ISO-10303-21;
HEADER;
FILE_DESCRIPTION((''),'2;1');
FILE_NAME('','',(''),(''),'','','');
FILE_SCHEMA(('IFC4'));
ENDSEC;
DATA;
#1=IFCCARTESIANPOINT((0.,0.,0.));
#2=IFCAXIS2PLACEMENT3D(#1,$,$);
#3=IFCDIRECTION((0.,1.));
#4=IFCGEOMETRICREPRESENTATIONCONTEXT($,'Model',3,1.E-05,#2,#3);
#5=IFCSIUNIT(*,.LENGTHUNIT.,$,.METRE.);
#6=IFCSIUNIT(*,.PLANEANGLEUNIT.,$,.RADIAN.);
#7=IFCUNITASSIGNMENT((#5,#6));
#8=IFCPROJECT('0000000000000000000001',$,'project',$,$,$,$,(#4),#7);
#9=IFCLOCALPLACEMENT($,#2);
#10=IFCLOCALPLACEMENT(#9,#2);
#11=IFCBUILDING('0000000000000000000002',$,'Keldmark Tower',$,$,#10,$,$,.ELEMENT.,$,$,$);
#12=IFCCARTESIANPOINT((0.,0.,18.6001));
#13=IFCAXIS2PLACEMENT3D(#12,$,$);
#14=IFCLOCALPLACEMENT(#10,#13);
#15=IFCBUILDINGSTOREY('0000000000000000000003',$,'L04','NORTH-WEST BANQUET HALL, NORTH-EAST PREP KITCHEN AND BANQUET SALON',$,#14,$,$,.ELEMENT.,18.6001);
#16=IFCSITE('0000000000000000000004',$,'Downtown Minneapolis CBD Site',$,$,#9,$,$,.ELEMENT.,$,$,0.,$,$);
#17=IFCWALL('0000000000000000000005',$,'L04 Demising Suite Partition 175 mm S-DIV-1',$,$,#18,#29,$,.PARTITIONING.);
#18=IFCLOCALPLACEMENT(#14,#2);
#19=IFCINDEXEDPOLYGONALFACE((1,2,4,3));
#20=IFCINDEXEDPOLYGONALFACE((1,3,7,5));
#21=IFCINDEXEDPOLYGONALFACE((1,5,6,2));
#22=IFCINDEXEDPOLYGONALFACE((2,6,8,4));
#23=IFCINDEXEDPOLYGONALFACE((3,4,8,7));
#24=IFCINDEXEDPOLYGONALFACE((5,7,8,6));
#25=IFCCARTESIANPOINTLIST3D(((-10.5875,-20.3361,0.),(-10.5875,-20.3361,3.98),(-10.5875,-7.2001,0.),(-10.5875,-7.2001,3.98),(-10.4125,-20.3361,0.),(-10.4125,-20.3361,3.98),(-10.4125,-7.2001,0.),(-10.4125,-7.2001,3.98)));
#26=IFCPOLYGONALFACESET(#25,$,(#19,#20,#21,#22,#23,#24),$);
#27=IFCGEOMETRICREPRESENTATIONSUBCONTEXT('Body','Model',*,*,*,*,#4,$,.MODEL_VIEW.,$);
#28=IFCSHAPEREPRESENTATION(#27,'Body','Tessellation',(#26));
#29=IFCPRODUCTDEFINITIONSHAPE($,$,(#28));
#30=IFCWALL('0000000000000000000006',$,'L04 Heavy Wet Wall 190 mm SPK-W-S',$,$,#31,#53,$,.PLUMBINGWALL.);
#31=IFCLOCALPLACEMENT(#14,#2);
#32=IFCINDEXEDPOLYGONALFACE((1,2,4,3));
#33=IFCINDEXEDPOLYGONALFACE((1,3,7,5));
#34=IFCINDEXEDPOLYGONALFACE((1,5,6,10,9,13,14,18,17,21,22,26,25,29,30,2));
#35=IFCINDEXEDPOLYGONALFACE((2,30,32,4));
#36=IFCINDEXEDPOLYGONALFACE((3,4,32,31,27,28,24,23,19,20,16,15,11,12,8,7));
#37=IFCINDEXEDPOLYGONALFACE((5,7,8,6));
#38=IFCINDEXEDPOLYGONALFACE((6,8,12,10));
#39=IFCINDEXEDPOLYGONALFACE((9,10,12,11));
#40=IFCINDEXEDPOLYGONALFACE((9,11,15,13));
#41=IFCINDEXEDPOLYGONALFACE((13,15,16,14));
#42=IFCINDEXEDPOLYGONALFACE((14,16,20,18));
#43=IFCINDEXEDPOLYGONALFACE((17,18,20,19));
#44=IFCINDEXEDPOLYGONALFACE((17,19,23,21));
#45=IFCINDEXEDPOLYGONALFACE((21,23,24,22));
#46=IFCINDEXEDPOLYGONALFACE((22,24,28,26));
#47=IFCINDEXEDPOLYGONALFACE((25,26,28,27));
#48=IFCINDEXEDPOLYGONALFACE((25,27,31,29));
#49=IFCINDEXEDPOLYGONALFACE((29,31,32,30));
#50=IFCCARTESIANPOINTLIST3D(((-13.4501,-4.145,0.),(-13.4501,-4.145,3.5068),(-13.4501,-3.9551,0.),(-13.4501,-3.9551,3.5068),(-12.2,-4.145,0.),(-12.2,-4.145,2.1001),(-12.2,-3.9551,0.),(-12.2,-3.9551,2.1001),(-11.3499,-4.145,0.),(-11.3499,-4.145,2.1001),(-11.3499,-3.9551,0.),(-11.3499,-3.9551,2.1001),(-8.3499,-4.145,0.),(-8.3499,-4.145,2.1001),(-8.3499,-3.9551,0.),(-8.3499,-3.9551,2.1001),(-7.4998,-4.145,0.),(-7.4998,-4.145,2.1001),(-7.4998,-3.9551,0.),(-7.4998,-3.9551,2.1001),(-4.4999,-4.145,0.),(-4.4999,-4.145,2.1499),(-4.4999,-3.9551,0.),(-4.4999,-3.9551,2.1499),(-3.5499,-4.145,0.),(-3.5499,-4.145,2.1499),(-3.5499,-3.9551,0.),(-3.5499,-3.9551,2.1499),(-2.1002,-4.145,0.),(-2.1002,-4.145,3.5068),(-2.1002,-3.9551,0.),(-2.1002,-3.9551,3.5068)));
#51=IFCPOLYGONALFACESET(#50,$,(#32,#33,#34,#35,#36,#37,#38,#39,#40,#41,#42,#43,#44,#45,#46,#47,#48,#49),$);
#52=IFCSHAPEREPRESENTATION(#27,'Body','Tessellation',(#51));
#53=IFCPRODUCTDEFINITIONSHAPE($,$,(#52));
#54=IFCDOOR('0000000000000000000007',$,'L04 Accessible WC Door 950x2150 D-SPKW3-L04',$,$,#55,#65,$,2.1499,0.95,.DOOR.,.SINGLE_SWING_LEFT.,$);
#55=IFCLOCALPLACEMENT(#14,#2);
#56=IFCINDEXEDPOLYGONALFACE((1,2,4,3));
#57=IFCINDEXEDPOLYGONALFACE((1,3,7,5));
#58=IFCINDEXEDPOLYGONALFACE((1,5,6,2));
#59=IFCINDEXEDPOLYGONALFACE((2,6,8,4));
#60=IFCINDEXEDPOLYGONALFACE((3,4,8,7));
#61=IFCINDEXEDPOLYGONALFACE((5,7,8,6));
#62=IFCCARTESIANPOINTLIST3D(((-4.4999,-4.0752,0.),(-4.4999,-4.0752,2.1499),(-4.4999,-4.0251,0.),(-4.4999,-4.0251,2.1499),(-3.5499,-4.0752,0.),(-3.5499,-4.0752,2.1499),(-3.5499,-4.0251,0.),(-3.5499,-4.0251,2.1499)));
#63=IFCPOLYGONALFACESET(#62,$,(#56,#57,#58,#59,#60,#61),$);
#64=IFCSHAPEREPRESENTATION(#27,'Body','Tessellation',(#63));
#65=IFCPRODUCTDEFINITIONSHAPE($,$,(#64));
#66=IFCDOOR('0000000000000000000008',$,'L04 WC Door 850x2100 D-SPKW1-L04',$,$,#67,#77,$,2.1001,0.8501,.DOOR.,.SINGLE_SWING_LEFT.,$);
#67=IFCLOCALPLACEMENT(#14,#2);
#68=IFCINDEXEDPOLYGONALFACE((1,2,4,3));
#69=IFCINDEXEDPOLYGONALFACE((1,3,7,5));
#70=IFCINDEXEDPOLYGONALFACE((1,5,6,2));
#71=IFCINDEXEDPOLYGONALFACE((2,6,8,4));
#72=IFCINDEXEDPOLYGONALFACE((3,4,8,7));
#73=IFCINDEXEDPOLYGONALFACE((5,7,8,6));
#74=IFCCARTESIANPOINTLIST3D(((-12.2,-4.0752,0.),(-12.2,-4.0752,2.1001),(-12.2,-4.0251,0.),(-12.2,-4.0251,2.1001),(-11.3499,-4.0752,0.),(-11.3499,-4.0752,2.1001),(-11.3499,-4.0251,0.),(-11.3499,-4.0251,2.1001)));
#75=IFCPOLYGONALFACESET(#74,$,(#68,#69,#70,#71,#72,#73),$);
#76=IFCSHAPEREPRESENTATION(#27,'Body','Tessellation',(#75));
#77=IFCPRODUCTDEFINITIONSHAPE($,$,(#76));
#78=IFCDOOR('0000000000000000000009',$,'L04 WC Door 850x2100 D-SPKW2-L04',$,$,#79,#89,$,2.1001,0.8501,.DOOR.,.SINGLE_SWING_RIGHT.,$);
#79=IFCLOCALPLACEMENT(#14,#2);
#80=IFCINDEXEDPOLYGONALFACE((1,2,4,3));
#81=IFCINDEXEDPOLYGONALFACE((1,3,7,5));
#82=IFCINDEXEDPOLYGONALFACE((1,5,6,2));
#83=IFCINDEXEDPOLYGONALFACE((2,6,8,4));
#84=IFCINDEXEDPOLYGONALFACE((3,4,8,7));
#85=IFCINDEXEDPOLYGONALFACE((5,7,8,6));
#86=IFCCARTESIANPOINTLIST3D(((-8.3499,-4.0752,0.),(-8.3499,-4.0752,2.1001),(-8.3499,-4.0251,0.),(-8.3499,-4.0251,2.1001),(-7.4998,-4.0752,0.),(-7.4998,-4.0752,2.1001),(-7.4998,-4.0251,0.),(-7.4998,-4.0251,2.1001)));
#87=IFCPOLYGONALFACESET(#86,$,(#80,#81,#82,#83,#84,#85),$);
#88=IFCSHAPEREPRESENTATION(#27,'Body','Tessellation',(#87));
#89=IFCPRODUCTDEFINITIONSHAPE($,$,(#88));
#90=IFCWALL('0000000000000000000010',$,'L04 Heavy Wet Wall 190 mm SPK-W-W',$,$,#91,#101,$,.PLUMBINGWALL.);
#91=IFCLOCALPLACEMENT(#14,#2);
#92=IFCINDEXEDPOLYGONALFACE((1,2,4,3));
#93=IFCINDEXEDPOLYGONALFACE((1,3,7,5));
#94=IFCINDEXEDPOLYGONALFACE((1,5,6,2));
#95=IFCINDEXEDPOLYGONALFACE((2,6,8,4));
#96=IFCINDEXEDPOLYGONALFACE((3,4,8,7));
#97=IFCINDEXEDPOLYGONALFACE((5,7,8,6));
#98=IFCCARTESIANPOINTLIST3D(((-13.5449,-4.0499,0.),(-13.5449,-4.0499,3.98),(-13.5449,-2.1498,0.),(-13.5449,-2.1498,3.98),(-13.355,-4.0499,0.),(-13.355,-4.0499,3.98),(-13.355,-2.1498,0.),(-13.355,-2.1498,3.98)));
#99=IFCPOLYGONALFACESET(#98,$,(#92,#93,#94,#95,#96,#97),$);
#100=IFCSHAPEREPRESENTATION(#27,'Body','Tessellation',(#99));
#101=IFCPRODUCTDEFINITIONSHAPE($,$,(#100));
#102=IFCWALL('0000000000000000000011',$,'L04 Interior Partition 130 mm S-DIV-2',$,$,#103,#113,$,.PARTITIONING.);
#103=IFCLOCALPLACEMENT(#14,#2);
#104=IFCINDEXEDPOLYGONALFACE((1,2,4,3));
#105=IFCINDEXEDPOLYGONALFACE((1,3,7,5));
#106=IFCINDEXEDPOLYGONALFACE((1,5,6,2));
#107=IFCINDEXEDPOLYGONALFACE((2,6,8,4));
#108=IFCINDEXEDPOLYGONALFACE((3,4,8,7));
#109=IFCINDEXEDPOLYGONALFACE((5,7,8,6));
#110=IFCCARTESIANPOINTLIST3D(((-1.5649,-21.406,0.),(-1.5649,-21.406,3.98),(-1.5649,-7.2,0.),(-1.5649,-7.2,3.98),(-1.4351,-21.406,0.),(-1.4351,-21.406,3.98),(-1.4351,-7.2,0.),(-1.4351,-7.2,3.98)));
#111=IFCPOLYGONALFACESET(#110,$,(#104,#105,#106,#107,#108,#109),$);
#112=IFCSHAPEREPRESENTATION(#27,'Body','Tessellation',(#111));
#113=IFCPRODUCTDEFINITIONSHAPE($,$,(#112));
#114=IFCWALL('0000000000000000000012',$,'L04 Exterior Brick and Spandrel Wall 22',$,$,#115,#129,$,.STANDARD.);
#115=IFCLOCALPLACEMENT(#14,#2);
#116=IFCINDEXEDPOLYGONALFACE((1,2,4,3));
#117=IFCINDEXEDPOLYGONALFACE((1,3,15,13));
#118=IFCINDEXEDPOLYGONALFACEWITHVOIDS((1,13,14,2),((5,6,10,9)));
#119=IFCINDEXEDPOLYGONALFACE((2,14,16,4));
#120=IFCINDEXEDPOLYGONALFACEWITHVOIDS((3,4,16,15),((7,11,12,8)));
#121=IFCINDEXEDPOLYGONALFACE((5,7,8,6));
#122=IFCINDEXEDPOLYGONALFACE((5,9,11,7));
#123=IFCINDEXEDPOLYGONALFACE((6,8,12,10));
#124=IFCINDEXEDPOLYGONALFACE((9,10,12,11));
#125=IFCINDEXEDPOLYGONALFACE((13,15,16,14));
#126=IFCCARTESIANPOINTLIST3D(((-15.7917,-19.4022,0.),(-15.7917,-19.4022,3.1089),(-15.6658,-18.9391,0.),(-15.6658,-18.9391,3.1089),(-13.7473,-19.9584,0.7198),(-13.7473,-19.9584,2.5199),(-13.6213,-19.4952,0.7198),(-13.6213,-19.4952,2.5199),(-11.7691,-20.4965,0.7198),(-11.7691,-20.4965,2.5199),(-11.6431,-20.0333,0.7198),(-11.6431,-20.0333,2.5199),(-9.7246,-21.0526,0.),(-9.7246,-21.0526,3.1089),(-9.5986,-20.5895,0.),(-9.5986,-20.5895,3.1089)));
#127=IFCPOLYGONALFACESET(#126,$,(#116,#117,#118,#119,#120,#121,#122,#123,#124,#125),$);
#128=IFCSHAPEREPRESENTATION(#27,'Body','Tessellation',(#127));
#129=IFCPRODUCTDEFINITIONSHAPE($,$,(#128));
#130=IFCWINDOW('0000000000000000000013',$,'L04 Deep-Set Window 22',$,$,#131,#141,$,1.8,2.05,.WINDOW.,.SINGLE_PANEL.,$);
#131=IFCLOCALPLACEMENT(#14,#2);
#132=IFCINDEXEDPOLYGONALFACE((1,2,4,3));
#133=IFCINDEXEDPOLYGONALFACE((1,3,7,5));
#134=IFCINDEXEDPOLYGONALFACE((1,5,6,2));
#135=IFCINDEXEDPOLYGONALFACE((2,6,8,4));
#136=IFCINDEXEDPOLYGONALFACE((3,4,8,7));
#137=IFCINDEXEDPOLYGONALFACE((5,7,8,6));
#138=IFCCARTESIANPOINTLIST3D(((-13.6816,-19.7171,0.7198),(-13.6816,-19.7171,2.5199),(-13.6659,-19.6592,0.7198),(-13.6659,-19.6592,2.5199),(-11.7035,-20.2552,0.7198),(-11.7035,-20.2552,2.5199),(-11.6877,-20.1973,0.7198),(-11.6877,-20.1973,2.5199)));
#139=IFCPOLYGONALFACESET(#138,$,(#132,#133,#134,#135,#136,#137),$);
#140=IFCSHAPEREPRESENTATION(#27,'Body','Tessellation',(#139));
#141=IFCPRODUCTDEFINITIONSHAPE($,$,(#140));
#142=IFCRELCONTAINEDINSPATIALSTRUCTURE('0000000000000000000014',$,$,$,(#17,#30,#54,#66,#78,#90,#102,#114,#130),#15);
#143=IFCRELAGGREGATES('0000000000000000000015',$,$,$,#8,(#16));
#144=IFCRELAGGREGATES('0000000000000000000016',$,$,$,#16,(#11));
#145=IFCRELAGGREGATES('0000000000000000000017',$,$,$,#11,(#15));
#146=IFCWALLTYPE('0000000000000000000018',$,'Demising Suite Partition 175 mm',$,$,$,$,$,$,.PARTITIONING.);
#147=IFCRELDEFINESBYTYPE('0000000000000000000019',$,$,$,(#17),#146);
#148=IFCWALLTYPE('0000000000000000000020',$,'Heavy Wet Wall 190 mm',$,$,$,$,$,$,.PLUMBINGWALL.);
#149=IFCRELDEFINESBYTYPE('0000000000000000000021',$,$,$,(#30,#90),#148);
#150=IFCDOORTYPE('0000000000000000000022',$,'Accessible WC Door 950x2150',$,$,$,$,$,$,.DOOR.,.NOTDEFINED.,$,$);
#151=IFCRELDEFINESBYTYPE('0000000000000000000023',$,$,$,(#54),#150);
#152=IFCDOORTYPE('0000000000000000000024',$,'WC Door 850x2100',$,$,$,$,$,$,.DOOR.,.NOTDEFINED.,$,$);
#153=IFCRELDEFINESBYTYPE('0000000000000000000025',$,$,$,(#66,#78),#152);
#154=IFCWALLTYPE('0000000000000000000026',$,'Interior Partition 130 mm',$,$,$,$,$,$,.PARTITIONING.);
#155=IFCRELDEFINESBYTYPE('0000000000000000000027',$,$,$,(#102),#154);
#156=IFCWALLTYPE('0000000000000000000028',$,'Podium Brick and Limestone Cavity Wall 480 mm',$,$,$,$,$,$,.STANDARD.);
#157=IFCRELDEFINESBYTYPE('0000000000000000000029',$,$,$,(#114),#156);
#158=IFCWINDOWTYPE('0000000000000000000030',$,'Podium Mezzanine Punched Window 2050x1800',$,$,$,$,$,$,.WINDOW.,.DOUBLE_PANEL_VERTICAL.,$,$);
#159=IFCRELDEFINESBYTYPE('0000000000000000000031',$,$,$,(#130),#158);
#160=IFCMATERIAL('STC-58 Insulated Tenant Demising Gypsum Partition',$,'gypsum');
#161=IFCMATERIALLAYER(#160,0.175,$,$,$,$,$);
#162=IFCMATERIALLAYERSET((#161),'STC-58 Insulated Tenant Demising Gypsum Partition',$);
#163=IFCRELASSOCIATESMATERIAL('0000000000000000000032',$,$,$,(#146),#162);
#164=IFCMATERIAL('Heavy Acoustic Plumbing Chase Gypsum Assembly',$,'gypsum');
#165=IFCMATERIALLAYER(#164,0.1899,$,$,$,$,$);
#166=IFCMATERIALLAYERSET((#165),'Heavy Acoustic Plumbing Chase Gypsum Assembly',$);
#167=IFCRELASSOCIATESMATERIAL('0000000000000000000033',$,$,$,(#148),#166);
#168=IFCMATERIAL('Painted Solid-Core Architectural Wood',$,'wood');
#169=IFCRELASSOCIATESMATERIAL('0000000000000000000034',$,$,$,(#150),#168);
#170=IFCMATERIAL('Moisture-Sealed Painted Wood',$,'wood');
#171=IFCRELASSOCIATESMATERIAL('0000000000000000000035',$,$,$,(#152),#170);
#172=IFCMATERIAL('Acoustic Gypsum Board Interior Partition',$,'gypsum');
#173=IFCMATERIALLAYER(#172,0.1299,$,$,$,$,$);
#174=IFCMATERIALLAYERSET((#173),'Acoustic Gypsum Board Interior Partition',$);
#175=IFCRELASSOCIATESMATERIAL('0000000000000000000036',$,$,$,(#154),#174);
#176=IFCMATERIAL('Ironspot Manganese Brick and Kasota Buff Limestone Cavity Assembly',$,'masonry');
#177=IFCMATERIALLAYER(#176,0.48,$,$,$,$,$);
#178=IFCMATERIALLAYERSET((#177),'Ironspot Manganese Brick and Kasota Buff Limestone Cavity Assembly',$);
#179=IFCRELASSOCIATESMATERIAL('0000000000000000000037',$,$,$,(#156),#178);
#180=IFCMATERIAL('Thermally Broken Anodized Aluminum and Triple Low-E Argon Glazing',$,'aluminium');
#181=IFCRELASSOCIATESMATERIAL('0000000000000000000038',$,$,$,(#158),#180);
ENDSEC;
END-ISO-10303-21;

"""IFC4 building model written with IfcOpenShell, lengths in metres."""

from ifc_helpers import new_model, si_unit, direction, frame, frame_2d, origin, place, context, subcontext, project, spatial, rectangle, extrude, material, layer, layer_set, type_object, element, fill, save


model = new_model("IFC4")

# Units and contexts
model_context = context("Model", 3, precision=1e-05, world=origin(), true_north=direction((0.0, 1.0)))
body_context = subcontext(model_context, "Body", "Model", "MODEL_VIEW")
ifc_project = project(units=[si_unit("LENGTHUNIT", "METRE"), si_unit("PLANEANGLEUNIT", "RADIAN")], contexts=[model_context])

# Site, building, storey
site_placement = place(None, origin())
site = spatial("IfcSite", under=ifc_project, at=site_placement, Name="Downtown Minneapolis CBD Site", CompositionType="ELEMENT", RefElevation=0.0)
building_placement = place(site_placement, origin())
building = spatial("IfcBuilding", under=site, at=building_placement, Name="Keldmark Tower", CompositionType="ELEMENT")
storey_placement = place(building_placement, frame((0.0, 0.0, 18.6001)))
storey = spatial("IfcBuildingStorey", under=building, at=storey_placement, Name="L04", Description="NORTH-WEST BANQUET HALL, NORTH-EAST PREP KITCHEN AND BANQUET SALON", CompositionType="ELEMENT", Elevation=18.6001)

# Wall
ifc_material_1 = material(Name="STC-58 Insulated Tenant Demising Gypsum Partition", Category="gypsum")
ifc_layer_1 = layer(ifc_material_1, 0.175)
ifc_layer_set_1 = layer_set([ifc_layer_1], Name="STC-58 Insulated Tenant Demising Gypsum Partition")
wall_type_1 = type_object("IfcWallType", Name="Demising Suite Partition 175 mm", PredefinedType="PARTITIONING", material=ifc_layer_set_1)
wall_1_placement = place(storey_placement, frame((-10.5, -20.3359, 0.0), z_axis=(0.0, 0.0, 1.0), x_axis=(0.0, 1.0, 0.0)))
element("IfcWall", 1, at=wall_1_placement, inside=storey, type_object=wall_type_1, Name="L04 Demising Suite Partition 175 mm S-DIV-1", PredefinedType="PARTITIONING", context=body_context, shape_type="SweptSolid", body=[
    extrude(rectangle(XDim=13.136, YDim=0.175, at=frame_2d((6.5679, 0.0))), origin(), (0.0, 0.0, 1.0), 3.98),
])

# Wall, openings, doors
ifc_material_2 = material(Name="Heavy Acoustic Plumbing Chase Gypsum Assembly", Category="gypsum")
ifc_layer_2 = layer(ifc_material_2, 0.1899)
ifc_layer_set_2 = layer_set([ifc_layer_2], Name="Heavy Acoustic Plumbing Chase Gypsum Assembly")
wall_type_2 = type_object("IfcWallType", Name="Heavy Wet Wall 190 mm", PredefinedType="PLUMBINGWALL", material=ifc_layer_set_2)
wall_2_placement = place(storey_placement, frame((-13.45, -4.05, 0.0), z_axis=(0.0, 0.0, 1.0), x_axis=(1.0, 0.0, 0.0)))
wall_2 = element("IfcWall", 2, at=wall_2_placement, inside=storey, type_object=wall_type_2, Name="L04 Heavy Wet Wall 190 mm SPK-W-S", PredefinedType="PLUMBINGWALL", context=body_context, shape_type="SweptSolid", body=[
    extrude(rectangle(XDim=11.3499, YDim=0.1899, at=frame_2d((5.6748, 0.0))), origin(), (0.0, 0.0, 1.0), 3.5068),
])
opening_1_placement = place(wall_2_placement, frame((1.25, 0.0, 0.0)))
opening_1 = element("IfcOpeningElement", 3, at=opening_1_placement, cuts=wall_2, PredefinedType="OPENING", context=body_context, shape_type="SweptSolid", body=[
    extrude(rectangle(XDim=0.8501, YDim=2.1001, at=frame_2d((0.425, 1.05))), frame((0.0, 0.105, 0.0), z_axis=(0.0, -1.0, 0.0), x_axis=(1.0, 0.0, 0.0)), (0.0, 0.0, 1.0), 0.21),
])
opening_2_placement = place(wall_2_placement, frame((5.1001, 0.0, 0.0)))
opening_2 = element("IfcOpeningElement", 4, at=opening_2_placement, cuts=wall_2, PredefinedType="OPENING", context=body_context, shape_type="SweptSolid", body=[
    extrude(rectangle(XDim=0.8501, YDim=2.1001, at=frame_2d((0.425, 1.05))), frame((0.0, 0.105, 0.0), z_axis=(0.0, -1.0, 0.0), x_axis=(1.0, 0.0, 0.0)), (0.0, 0.0, 1.0), 0.21),
])
opening_3_placement = place(wall_2_placement, frame((8.95, 0.0, 0.0)))
opening_3 = element("IfcOpeningElement", 5, at=opening_3_placement, cuts=wall_2, PredefinedType="OPENING", context=body_context, shape_type="SweptSolid", body=[
    extrude(rectangle(XDim=0.95, YDim=2.1499, at=frame_2d((0.4751, 1.075))), frame((0.0, 0.105, 0.0), z_axis=(0.0, -1.0, 0.0), x_axis=(1.0, 0.0, 0.0)), (0.0, 0.0, 1.0), 0.21),
])
ifc_material_3 = material(Name="Painted Solid-Core Architectural Wood", Category="wood")
door_type_1 = type_object("IfcDoorType", Name="Accessible WC Door 950x2150", OperationType="NOTDEFINED", PredefinedType="DOOR", material=ifc_material_3)
door_1_placement = place(opening_3_placement, origin())
door_1 = element("IfcDoor", 6, at=door_1_placement, inside=storey, type_object=door_type_1, Name="L04 Accessible WC Door 950x2150 D-SPKW3-L04", OperationType="SINGLE_SWING_LEFT", OverallHeight=2.1499, OverallWidth=0.95, PredefinedType="DOOR", context=body_context, shape_type="SweptSolid", body=[
    extrude(rectangle(XDim=0.95, YDim=2.1499, at=frame_2d((0.4751, 1.075))), frame((0.0, 0.0249, 0.0), z_axis=(0.0, -1.0, 0.0), x_axis=(1.0, 0.0, 0.0)), (0.0, 0.0, 1.0), 0.05),
])
fill(opening_3, door_1)
ifc_material_4 = material(Name="Moisture-Sealed Painted Wood", Category="wood")
door_type_2 = type_object("IfcDoorType", Name="WC Door 850x2100", OperationType="NOTDEFINED", PredefinedType="DOOR", material=ifc_material_4)
door_2_placement = place(opening_1_placement, origin())
door_2 = element("IfcDoor", 7, at=door_2_placement, inside=storey, type_object=door_type_2, Name="L04 WC Door 850x2100 D-SPKW1-L04", OperationType="SINGLE_SWING_LEFT", OverallHeight=2.1001, OverallWidth=0.8501, PredefinedType="DOOR", context=body_context, shape_type="SweptSolid", body=[
    extrude(rectangle(XDim=0.8501, YDim=2.1001, at=frame_2d((0.425, 1.05))), frame((0.0, 0.0249, 0.0), z_axis=(0.0, -1.0, 0.0), x_axis=(1.0, 0.0, 0.0)), (0.0, 0.0, 1.0), 0.05),
])
fill(opening_1, door_2)
door_3_placement = place(opening_2_placement, origin())
door_3 = element("IfcDoor", 8, at=door_3_placement, inside=storey, type_object=door_type_2, Name="L04 WC Door 850x2100 D-SPKW2-L04", OperationType="SINGLE_SWING_RIGHT", OverallHeight=2.1001, OverallWidth=0.8501, PredefinedType="DOOR", context=body_context, shape_type="SweptSolid", body=[
    extrude(rectangle(XDim=0.8501, YDim=2.1001, at=frame_2d((0.425, 1.05))), frame((0.0, 0.0249, 0.0), z_axis=(0.0, -1.0, 0.0), x_axis=(1.0, 0.0, 0.0)), (0.0, 0.0, 1.0), 0.05),
])
fill(opening_2, door_3)

# Walls
wall_3_placement = place(storey_placement, frame((-13.45, -4.05, 0.0), z_axis=(0.0, 0.0, 1.0), x_axis=(0.0, 1.0, 0.0)))
element("IfcWall", 9, at=wall_3_placement, inside=storey, type_object=wall_type_2, Name="L04 Heavy Wet Wall 190 mm SPK-W-W", PredefinedType="PLUMBINGWALL", context=body_context, shape_type="SweptSolid", body=[
    extrude(rectangle(XDim=1.9001, YDim=0.1899, at=frame_2d((0.9502, 0.0))), origin(), (0.0, 0.0, 1.0), 3.98),
])
ifc_material_5 = material(Name="Acoustic Gypsum Board Interior Partition", Category="gypsum")
ifc_layer_3 = layer(ifc_material_5, 0.1299)
ifc_layer_set_3 = layer_set([ifc_layer_3], Name="Acoustic Gypsum Board Interior Partition")
wall_type_3 = type_object("IfcWallType", Name="Interior Partition 130 mm", PredefinedType="PARTITIONING", material=ifc_layer_set_3)
wall_4_placement = place(storey_placement, frame((-1.5, -21.406, 0.0), z_axis=(0.0, 0.0, 1.0), x_axis=(0.0, 1.0, 0.0)))
element("IfcWall", 10, at=wall_4_placement, inside=storey, type_object=wall_type_3, Name="L04 Interior Partition 130 mm S-DIV-2", PredefinedType="PARTITIONING", context=body_context, shape_type="SweptSolid", body=[
    extrude(rectangle(XDim=14.2061, YDim=0.1299, at=frame_2d((7.103, 0.0))), origin(), (0.0, 0.0, 1.0), 3.98),
])

# Wall, opening, window
ifc_material_6 = material(Name="Ironspot Manganese Brick and Kasota Buff Limestone Cavity Assembly", Category="masonry")
ifc_layer_4 = layer(ifc_material_6, 0.48)
ifc_layer_set_4 = layer_set([ifc_layer_4], Name="Ironspot Manganese Brick and Kasota Buff Limestone Cavity Assembly")
wall_type_4 = type_object("IfcWallType", Name="Podium Brick and Limestone Cavity Wall 480 mm", PredefinedType="STANDARD", material=ifc_layer_set_4)
wall_5_placement = place(storey_placement, frame((-9.6616, -20.821, 0.0), z_axis=(0.0, 0.0, 1.0), x_axis=(-0.964937, 0.262483, 0.0)))
wall_5 = element("IfcWall", 11, at=wall_5_placement, inside=storey, type_object=wall_type_4, Name="L04 Exterior Brick and Spandrel Wall 22", PredefinedType="STANDARD", context=body_context, shape_type="SweptSolid", body=[
    extrude(rectangle(XDim=6.2876, YDim=0.48, at=frame_2d((3.1438, 0.0))), origin(), (0.0, 0.0, 1.0), 3.1089),
])
opening_4_placement = place(wall_5_placement, frame((2.1189, 0.0, 0.72)))
opening_4 = element("IfcOpeningElement", 12, at=opening_4_placement, cuts=wall_5, PredefinedType="OPENING", context=body_context, shape_type="SweptSolid", body=[
    extrude(rectangle(XDim=2.05, YDim=1.8, at=frame_2d((1.0249, 0.8999))), frame((0.0, 0.25, 0.0), z_axis=(0.0, -1.0, 0.0), x_axis=(1.0, 0.0, 0.0)), (0.0, 0.0, 1.0), 0.5),
])
ifc_material_7 = material(Name="Thermally Broken Anodized Aluminum and Triple Low-E Argon Glazing", Category="aluminium")
window_type = type_object("IfcWindowType", Name="Podium Mezzanine Punched Window 2050x1800", PartitioningType="DOUBLE_PANEL_VERTICAL", PredefinedType="WINDOW", material=ifc_material_7)
window_1_placement = place(opening_4_placement, origin())
window_1 = element("IfcWindow", 13, at=window_1_placement, inside=storey, type_object=window_type, Name="L04 Deep-Set Window 22", OverallHeight=1.8, OverallWidth=2.05, PartitioningType="SINGLE_PANEL", PredefinedType="WINDOW", context=body_context, shape_type="SweptSolid", body=[
    extrude(rectangle(XDim=2.05, YDim=1.8, at=frame_2d((1.0249, 0.8999))), frame((0.0, -0.01, 0.0), z_axis=(0.0, -1.0, 0.0), x_axis=(1.0, 0.0, 0.0)), (0.0, 0.0, 1.0), 0.0601),
])
fill(opening_4, window_1)

save(model, "model.ifc")
